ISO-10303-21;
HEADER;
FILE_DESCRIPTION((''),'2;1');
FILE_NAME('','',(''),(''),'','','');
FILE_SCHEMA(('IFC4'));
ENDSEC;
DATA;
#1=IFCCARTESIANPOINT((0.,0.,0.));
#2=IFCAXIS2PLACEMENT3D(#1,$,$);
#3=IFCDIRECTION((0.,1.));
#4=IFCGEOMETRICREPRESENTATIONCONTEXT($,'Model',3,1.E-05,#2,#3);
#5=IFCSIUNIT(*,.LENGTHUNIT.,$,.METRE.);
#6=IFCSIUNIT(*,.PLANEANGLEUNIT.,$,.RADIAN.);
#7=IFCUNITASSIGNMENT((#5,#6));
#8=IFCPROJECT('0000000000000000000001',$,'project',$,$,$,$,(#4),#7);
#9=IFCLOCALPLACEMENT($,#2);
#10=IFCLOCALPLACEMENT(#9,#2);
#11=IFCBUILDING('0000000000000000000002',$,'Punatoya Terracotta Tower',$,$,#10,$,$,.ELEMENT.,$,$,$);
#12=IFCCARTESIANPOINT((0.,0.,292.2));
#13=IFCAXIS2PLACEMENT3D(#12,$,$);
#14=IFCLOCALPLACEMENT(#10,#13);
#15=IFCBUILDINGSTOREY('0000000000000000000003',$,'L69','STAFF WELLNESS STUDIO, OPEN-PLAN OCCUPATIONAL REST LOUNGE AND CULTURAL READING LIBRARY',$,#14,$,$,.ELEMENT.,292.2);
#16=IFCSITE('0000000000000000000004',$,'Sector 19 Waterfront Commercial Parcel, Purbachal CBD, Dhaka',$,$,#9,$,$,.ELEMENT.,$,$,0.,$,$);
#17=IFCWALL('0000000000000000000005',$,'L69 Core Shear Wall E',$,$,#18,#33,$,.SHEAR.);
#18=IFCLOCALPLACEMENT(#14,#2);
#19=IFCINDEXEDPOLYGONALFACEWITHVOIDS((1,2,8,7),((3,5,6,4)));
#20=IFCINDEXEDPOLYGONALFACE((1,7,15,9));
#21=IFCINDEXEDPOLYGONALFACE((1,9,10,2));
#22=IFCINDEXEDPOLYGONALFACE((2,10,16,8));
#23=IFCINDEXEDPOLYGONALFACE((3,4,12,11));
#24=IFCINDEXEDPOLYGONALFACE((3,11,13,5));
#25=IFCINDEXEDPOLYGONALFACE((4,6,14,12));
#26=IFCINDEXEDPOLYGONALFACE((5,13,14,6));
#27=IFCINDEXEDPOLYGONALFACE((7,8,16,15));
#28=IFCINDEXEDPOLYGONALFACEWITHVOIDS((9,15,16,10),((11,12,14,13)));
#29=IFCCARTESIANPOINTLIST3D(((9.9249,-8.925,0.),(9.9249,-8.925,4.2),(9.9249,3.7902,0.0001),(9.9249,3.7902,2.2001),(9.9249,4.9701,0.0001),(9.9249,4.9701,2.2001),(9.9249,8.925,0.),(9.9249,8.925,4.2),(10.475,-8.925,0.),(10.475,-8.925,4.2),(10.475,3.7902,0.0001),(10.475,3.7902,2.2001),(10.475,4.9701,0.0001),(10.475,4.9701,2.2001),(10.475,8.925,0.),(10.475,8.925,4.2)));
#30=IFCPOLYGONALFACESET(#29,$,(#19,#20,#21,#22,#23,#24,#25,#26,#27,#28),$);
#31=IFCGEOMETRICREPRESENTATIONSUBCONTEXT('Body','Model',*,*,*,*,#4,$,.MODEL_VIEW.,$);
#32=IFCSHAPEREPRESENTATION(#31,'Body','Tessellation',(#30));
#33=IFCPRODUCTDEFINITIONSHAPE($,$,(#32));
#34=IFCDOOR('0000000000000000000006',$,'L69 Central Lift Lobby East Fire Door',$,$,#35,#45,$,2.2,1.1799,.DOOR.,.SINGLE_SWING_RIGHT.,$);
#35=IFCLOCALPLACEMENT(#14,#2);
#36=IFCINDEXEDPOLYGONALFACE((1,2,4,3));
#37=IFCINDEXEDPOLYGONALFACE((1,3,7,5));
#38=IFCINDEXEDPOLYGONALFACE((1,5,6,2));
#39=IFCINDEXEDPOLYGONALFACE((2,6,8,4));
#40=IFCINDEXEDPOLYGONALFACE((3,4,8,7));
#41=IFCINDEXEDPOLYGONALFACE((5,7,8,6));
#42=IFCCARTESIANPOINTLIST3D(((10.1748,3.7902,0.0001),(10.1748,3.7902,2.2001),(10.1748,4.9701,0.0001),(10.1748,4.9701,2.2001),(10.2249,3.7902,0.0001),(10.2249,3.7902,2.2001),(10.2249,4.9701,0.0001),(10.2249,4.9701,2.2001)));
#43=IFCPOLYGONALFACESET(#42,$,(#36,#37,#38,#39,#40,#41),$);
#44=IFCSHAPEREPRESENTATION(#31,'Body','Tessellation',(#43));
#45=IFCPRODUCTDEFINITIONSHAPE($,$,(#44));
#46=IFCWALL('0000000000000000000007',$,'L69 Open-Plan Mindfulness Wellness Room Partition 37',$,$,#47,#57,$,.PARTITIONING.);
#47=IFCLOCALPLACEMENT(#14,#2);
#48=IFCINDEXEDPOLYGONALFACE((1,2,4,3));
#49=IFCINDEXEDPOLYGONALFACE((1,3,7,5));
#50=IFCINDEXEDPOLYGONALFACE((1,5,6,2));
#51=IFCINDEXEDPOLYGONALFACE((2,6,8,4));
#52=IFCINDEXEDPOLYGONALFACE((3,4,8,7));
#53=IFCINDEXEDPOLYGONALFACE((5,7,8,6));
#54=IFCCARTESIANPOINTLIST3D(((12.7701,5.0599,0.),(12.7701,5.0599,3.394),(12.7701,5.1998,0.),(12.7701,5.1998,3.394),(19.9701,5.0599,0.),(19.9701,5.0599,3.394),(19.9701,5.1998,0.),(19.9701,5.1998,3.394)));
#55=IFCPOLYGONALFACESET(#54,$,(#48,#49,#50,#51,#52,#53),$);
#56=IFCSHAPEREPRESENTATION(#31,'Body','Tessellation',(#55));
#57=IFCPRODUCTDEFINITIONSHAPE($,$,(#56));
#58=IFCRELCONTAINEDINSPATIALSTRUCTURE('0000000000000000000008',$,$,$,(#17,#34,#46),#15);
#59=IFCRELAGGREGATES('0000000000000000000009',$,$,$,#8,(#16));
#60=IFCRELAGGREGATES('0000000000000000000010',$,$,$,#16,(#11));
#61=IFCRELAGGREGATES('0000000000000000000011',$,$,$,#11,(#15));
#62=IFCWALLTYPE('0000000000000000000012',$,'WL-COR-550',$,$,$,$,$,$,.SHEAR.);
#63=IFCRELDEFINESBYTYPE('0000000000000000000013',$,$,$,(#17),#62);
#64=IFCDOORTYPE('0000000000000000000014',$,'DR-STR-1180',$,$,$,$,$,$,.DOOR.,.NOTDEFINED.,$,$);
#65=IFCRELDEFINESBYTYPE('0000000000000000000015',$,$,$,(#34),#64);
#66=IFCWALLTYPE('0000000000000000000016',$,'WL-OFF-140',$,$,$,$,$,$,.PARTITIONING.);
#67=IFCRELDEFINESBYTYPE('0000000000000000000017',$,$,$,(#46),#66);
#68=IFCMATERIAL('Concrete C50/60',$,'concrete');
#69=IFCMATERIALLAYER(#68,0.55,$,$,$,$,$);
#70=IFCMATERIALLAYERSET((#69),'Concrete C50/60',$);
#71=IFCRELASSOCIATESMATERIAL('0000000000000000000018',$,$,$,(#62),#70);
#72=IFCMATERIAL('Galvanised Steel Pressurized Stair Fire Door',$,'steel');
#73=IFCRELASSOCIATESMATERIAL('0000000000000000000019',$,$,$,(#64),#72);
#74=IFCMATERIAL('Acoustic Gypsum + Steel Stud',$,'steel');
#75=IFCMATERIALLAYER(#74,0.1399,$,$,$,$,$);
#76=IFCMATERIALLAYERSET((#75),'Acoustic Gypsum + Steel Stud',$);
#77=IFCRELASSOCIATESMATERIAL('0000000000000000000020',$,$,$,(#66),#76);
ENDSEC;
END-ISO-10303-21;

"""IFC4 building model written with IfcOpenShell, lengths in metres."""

from ifc_helpers import new_model, si_unit, direction, frame, frame_2d, origin, place, context, subcontext, project, spatial, rectangle, extrude, material, layer, layer_set, type_object, element, fill, save


model = new_model("IFC4")

# Units and contexts
model_context = context("Model", 3, precision=1e-05, world=origin(), true_north=direction((0.0, 1.0)))
body_context = subcontext(model_context, "Body", "Model", "MODEL_VIEW")
ifc_project = project(units=[si_unit("LENGTHUNIT", "METRE"), si_unit("PLANEANGLEUNIT", "RADIAN")], contexts=[model_context])

# Site, building, storey
site_placement = place(None, origin())
site = spatial("IfcSite", under=ifc_project, at=site_placement, Name="Sector 19 Waterfront Commercial Parcel, Purbachal CBD, Dhaka", CompositionType="ELEMENT", RefElevation=0.0)
building_placement = place(site_placement, origin())
building = spatial("IfcBuilding", under=site, at=building_placement, Name="Punatoya Terracotta Tower", CompositionType="ELEMENT")
storey_placement = place(building_placement, frame((0.0, 0.0, 292.2)))
storey = spatial("IfcBuildingStorey", under=building, at=storey_placement, Name="L69", Description="STAFF WELLNESS STUDIO, OPEN-PLAN OCCUPATIONAL REST LOUNGE AND CULTURAL READING LIBRARY", CompositionType="ELEMENT", Elevation=292.2)

# Wall, opening, door
ifc_material_1 = material(Name="Concrete C50/60", Category="concrete")
ifc_layer_1 = layer(ifc_material_1, 0.55)
ifc_layer_set_1 = layer_set([ifc_layer_1], Name="Concrete C50/60")
wall_type_1 = type_object("IfcWallType", Name="WL-COR-550", PredefinedType="SHEAR", material=ifc_layer_set_1)
wall_1_placement = place(storey_placement, frame((10.2, 8.925, 0.0), z_axis=(0.0, 0.0, 1.0), x_axis=(0.0, -1.0, 0.0)))
wall_1 = element("IfcWall", 1, at=wall_1_placement, inside=storey, type_object=wall_type_1, Name="L69 Core Shear Wall E", PredefinedType="SHEAR", context=body_context, shape_type="SweptSolid", body=[
    extrude(rectangle(XDim=17.8501, YDim=0.55, at=frame_2d((8.925, 0.0))), origin(), (0.0, 0.0, 1.0), 4.2),
])
opening_1_placement = place(wall_1_placement, frame((3.9551, 0.0, 0.0)))
opening_1 = element("IfcOpeningElement", 2, at=opening_1_placement, cuts=wall_1, PredefinedType="OPENING", context=body_context, shape_type="SweptSolid", body=[
    extrude(rectangle(XDim=1.1799, YDim=2.2, at=frame_2d((0.5898, 1.1001))), frame((0.0, 0.2849, 0.0), z_axis=(0.0, -1.0, 0.0), x_axis=(1.0, 0.0, 0.0)), (0.0, 0.0, 1.0), 0.5701),
])
ifc_material_2 = material(Name="Galvanised Steel Pressurized Stair Fire Door", Category="steel")
door_type_1 = type_object("IfcDoorType", Name="DR-STR-1180", OperationType="NOTDEFINED", PredefinedType="DOOR", material=ifc_material_2)
door_1_placement = place(opening_1_placement, origin())
door_1 = element("IfcDoor", 3, at=door_1_placement, inside=storey, type_object=door_type_1, Name="L69 Central Lift Lobby East Fire Door", OperationType="SINGLE_SWING_RIGHT", OverallHeight=2.2, OverallWidth=1.1799, PredefinedType="DOOR", context=body_context, shape_type="SweptSolid", body=[
    extrude(rectangle(XDim=1.1799, YDim=2.2, at=frame_2d((0.5898, 1.1001))), frame((0.0, 0.0249, 0.0), z_axis=(0.0, -1.0, 0.0), x_axis=(1.0, 0.0, 0.0)), (0.0, 0.0, 1.0), 0.05),
])
fill(opening_1, door_1)

# Wall
ifc_material_3 = material(Name="Acoustic Gypsum + Steel Stud", Category="steel")
ifc_layer_2 = layer(ifc_material_3, 0.1399)
ifc_layer_set_2 = layer_set([ifc_layer_2], Name="Acoustic Gypsum + Steel Stud")
wall_type_2 = type_object("IfcWallType", Name="WL-OFF-140", PredefinedType="PARTITIONING", material=ifc_layer_set_2)
wall_2_placement = place(storey_placement, frame((12.77, 5.1299, 0.0), z_axis=(0.0, 0.0, 1.0), x_axis=(1.0, 0.0, 0.0)))
element("IfcWall", 4, at=wall_2_placement, inside=storey, type_object=wall_type_2, Name="L69 Open-Plan Mindfulness Wellness Room Partition 37", PredefinedType="PARTITIONING", context=body_context, shape_type="SweptSolid", body=[
    extrude(rectangle(XDim=7.2, YDim=0.1399, at=frame_2d((3.6001, 0.0))), origin(), (0.0, 0.0, 1.0), 3.394),
])

save(model, "model.ifc")
